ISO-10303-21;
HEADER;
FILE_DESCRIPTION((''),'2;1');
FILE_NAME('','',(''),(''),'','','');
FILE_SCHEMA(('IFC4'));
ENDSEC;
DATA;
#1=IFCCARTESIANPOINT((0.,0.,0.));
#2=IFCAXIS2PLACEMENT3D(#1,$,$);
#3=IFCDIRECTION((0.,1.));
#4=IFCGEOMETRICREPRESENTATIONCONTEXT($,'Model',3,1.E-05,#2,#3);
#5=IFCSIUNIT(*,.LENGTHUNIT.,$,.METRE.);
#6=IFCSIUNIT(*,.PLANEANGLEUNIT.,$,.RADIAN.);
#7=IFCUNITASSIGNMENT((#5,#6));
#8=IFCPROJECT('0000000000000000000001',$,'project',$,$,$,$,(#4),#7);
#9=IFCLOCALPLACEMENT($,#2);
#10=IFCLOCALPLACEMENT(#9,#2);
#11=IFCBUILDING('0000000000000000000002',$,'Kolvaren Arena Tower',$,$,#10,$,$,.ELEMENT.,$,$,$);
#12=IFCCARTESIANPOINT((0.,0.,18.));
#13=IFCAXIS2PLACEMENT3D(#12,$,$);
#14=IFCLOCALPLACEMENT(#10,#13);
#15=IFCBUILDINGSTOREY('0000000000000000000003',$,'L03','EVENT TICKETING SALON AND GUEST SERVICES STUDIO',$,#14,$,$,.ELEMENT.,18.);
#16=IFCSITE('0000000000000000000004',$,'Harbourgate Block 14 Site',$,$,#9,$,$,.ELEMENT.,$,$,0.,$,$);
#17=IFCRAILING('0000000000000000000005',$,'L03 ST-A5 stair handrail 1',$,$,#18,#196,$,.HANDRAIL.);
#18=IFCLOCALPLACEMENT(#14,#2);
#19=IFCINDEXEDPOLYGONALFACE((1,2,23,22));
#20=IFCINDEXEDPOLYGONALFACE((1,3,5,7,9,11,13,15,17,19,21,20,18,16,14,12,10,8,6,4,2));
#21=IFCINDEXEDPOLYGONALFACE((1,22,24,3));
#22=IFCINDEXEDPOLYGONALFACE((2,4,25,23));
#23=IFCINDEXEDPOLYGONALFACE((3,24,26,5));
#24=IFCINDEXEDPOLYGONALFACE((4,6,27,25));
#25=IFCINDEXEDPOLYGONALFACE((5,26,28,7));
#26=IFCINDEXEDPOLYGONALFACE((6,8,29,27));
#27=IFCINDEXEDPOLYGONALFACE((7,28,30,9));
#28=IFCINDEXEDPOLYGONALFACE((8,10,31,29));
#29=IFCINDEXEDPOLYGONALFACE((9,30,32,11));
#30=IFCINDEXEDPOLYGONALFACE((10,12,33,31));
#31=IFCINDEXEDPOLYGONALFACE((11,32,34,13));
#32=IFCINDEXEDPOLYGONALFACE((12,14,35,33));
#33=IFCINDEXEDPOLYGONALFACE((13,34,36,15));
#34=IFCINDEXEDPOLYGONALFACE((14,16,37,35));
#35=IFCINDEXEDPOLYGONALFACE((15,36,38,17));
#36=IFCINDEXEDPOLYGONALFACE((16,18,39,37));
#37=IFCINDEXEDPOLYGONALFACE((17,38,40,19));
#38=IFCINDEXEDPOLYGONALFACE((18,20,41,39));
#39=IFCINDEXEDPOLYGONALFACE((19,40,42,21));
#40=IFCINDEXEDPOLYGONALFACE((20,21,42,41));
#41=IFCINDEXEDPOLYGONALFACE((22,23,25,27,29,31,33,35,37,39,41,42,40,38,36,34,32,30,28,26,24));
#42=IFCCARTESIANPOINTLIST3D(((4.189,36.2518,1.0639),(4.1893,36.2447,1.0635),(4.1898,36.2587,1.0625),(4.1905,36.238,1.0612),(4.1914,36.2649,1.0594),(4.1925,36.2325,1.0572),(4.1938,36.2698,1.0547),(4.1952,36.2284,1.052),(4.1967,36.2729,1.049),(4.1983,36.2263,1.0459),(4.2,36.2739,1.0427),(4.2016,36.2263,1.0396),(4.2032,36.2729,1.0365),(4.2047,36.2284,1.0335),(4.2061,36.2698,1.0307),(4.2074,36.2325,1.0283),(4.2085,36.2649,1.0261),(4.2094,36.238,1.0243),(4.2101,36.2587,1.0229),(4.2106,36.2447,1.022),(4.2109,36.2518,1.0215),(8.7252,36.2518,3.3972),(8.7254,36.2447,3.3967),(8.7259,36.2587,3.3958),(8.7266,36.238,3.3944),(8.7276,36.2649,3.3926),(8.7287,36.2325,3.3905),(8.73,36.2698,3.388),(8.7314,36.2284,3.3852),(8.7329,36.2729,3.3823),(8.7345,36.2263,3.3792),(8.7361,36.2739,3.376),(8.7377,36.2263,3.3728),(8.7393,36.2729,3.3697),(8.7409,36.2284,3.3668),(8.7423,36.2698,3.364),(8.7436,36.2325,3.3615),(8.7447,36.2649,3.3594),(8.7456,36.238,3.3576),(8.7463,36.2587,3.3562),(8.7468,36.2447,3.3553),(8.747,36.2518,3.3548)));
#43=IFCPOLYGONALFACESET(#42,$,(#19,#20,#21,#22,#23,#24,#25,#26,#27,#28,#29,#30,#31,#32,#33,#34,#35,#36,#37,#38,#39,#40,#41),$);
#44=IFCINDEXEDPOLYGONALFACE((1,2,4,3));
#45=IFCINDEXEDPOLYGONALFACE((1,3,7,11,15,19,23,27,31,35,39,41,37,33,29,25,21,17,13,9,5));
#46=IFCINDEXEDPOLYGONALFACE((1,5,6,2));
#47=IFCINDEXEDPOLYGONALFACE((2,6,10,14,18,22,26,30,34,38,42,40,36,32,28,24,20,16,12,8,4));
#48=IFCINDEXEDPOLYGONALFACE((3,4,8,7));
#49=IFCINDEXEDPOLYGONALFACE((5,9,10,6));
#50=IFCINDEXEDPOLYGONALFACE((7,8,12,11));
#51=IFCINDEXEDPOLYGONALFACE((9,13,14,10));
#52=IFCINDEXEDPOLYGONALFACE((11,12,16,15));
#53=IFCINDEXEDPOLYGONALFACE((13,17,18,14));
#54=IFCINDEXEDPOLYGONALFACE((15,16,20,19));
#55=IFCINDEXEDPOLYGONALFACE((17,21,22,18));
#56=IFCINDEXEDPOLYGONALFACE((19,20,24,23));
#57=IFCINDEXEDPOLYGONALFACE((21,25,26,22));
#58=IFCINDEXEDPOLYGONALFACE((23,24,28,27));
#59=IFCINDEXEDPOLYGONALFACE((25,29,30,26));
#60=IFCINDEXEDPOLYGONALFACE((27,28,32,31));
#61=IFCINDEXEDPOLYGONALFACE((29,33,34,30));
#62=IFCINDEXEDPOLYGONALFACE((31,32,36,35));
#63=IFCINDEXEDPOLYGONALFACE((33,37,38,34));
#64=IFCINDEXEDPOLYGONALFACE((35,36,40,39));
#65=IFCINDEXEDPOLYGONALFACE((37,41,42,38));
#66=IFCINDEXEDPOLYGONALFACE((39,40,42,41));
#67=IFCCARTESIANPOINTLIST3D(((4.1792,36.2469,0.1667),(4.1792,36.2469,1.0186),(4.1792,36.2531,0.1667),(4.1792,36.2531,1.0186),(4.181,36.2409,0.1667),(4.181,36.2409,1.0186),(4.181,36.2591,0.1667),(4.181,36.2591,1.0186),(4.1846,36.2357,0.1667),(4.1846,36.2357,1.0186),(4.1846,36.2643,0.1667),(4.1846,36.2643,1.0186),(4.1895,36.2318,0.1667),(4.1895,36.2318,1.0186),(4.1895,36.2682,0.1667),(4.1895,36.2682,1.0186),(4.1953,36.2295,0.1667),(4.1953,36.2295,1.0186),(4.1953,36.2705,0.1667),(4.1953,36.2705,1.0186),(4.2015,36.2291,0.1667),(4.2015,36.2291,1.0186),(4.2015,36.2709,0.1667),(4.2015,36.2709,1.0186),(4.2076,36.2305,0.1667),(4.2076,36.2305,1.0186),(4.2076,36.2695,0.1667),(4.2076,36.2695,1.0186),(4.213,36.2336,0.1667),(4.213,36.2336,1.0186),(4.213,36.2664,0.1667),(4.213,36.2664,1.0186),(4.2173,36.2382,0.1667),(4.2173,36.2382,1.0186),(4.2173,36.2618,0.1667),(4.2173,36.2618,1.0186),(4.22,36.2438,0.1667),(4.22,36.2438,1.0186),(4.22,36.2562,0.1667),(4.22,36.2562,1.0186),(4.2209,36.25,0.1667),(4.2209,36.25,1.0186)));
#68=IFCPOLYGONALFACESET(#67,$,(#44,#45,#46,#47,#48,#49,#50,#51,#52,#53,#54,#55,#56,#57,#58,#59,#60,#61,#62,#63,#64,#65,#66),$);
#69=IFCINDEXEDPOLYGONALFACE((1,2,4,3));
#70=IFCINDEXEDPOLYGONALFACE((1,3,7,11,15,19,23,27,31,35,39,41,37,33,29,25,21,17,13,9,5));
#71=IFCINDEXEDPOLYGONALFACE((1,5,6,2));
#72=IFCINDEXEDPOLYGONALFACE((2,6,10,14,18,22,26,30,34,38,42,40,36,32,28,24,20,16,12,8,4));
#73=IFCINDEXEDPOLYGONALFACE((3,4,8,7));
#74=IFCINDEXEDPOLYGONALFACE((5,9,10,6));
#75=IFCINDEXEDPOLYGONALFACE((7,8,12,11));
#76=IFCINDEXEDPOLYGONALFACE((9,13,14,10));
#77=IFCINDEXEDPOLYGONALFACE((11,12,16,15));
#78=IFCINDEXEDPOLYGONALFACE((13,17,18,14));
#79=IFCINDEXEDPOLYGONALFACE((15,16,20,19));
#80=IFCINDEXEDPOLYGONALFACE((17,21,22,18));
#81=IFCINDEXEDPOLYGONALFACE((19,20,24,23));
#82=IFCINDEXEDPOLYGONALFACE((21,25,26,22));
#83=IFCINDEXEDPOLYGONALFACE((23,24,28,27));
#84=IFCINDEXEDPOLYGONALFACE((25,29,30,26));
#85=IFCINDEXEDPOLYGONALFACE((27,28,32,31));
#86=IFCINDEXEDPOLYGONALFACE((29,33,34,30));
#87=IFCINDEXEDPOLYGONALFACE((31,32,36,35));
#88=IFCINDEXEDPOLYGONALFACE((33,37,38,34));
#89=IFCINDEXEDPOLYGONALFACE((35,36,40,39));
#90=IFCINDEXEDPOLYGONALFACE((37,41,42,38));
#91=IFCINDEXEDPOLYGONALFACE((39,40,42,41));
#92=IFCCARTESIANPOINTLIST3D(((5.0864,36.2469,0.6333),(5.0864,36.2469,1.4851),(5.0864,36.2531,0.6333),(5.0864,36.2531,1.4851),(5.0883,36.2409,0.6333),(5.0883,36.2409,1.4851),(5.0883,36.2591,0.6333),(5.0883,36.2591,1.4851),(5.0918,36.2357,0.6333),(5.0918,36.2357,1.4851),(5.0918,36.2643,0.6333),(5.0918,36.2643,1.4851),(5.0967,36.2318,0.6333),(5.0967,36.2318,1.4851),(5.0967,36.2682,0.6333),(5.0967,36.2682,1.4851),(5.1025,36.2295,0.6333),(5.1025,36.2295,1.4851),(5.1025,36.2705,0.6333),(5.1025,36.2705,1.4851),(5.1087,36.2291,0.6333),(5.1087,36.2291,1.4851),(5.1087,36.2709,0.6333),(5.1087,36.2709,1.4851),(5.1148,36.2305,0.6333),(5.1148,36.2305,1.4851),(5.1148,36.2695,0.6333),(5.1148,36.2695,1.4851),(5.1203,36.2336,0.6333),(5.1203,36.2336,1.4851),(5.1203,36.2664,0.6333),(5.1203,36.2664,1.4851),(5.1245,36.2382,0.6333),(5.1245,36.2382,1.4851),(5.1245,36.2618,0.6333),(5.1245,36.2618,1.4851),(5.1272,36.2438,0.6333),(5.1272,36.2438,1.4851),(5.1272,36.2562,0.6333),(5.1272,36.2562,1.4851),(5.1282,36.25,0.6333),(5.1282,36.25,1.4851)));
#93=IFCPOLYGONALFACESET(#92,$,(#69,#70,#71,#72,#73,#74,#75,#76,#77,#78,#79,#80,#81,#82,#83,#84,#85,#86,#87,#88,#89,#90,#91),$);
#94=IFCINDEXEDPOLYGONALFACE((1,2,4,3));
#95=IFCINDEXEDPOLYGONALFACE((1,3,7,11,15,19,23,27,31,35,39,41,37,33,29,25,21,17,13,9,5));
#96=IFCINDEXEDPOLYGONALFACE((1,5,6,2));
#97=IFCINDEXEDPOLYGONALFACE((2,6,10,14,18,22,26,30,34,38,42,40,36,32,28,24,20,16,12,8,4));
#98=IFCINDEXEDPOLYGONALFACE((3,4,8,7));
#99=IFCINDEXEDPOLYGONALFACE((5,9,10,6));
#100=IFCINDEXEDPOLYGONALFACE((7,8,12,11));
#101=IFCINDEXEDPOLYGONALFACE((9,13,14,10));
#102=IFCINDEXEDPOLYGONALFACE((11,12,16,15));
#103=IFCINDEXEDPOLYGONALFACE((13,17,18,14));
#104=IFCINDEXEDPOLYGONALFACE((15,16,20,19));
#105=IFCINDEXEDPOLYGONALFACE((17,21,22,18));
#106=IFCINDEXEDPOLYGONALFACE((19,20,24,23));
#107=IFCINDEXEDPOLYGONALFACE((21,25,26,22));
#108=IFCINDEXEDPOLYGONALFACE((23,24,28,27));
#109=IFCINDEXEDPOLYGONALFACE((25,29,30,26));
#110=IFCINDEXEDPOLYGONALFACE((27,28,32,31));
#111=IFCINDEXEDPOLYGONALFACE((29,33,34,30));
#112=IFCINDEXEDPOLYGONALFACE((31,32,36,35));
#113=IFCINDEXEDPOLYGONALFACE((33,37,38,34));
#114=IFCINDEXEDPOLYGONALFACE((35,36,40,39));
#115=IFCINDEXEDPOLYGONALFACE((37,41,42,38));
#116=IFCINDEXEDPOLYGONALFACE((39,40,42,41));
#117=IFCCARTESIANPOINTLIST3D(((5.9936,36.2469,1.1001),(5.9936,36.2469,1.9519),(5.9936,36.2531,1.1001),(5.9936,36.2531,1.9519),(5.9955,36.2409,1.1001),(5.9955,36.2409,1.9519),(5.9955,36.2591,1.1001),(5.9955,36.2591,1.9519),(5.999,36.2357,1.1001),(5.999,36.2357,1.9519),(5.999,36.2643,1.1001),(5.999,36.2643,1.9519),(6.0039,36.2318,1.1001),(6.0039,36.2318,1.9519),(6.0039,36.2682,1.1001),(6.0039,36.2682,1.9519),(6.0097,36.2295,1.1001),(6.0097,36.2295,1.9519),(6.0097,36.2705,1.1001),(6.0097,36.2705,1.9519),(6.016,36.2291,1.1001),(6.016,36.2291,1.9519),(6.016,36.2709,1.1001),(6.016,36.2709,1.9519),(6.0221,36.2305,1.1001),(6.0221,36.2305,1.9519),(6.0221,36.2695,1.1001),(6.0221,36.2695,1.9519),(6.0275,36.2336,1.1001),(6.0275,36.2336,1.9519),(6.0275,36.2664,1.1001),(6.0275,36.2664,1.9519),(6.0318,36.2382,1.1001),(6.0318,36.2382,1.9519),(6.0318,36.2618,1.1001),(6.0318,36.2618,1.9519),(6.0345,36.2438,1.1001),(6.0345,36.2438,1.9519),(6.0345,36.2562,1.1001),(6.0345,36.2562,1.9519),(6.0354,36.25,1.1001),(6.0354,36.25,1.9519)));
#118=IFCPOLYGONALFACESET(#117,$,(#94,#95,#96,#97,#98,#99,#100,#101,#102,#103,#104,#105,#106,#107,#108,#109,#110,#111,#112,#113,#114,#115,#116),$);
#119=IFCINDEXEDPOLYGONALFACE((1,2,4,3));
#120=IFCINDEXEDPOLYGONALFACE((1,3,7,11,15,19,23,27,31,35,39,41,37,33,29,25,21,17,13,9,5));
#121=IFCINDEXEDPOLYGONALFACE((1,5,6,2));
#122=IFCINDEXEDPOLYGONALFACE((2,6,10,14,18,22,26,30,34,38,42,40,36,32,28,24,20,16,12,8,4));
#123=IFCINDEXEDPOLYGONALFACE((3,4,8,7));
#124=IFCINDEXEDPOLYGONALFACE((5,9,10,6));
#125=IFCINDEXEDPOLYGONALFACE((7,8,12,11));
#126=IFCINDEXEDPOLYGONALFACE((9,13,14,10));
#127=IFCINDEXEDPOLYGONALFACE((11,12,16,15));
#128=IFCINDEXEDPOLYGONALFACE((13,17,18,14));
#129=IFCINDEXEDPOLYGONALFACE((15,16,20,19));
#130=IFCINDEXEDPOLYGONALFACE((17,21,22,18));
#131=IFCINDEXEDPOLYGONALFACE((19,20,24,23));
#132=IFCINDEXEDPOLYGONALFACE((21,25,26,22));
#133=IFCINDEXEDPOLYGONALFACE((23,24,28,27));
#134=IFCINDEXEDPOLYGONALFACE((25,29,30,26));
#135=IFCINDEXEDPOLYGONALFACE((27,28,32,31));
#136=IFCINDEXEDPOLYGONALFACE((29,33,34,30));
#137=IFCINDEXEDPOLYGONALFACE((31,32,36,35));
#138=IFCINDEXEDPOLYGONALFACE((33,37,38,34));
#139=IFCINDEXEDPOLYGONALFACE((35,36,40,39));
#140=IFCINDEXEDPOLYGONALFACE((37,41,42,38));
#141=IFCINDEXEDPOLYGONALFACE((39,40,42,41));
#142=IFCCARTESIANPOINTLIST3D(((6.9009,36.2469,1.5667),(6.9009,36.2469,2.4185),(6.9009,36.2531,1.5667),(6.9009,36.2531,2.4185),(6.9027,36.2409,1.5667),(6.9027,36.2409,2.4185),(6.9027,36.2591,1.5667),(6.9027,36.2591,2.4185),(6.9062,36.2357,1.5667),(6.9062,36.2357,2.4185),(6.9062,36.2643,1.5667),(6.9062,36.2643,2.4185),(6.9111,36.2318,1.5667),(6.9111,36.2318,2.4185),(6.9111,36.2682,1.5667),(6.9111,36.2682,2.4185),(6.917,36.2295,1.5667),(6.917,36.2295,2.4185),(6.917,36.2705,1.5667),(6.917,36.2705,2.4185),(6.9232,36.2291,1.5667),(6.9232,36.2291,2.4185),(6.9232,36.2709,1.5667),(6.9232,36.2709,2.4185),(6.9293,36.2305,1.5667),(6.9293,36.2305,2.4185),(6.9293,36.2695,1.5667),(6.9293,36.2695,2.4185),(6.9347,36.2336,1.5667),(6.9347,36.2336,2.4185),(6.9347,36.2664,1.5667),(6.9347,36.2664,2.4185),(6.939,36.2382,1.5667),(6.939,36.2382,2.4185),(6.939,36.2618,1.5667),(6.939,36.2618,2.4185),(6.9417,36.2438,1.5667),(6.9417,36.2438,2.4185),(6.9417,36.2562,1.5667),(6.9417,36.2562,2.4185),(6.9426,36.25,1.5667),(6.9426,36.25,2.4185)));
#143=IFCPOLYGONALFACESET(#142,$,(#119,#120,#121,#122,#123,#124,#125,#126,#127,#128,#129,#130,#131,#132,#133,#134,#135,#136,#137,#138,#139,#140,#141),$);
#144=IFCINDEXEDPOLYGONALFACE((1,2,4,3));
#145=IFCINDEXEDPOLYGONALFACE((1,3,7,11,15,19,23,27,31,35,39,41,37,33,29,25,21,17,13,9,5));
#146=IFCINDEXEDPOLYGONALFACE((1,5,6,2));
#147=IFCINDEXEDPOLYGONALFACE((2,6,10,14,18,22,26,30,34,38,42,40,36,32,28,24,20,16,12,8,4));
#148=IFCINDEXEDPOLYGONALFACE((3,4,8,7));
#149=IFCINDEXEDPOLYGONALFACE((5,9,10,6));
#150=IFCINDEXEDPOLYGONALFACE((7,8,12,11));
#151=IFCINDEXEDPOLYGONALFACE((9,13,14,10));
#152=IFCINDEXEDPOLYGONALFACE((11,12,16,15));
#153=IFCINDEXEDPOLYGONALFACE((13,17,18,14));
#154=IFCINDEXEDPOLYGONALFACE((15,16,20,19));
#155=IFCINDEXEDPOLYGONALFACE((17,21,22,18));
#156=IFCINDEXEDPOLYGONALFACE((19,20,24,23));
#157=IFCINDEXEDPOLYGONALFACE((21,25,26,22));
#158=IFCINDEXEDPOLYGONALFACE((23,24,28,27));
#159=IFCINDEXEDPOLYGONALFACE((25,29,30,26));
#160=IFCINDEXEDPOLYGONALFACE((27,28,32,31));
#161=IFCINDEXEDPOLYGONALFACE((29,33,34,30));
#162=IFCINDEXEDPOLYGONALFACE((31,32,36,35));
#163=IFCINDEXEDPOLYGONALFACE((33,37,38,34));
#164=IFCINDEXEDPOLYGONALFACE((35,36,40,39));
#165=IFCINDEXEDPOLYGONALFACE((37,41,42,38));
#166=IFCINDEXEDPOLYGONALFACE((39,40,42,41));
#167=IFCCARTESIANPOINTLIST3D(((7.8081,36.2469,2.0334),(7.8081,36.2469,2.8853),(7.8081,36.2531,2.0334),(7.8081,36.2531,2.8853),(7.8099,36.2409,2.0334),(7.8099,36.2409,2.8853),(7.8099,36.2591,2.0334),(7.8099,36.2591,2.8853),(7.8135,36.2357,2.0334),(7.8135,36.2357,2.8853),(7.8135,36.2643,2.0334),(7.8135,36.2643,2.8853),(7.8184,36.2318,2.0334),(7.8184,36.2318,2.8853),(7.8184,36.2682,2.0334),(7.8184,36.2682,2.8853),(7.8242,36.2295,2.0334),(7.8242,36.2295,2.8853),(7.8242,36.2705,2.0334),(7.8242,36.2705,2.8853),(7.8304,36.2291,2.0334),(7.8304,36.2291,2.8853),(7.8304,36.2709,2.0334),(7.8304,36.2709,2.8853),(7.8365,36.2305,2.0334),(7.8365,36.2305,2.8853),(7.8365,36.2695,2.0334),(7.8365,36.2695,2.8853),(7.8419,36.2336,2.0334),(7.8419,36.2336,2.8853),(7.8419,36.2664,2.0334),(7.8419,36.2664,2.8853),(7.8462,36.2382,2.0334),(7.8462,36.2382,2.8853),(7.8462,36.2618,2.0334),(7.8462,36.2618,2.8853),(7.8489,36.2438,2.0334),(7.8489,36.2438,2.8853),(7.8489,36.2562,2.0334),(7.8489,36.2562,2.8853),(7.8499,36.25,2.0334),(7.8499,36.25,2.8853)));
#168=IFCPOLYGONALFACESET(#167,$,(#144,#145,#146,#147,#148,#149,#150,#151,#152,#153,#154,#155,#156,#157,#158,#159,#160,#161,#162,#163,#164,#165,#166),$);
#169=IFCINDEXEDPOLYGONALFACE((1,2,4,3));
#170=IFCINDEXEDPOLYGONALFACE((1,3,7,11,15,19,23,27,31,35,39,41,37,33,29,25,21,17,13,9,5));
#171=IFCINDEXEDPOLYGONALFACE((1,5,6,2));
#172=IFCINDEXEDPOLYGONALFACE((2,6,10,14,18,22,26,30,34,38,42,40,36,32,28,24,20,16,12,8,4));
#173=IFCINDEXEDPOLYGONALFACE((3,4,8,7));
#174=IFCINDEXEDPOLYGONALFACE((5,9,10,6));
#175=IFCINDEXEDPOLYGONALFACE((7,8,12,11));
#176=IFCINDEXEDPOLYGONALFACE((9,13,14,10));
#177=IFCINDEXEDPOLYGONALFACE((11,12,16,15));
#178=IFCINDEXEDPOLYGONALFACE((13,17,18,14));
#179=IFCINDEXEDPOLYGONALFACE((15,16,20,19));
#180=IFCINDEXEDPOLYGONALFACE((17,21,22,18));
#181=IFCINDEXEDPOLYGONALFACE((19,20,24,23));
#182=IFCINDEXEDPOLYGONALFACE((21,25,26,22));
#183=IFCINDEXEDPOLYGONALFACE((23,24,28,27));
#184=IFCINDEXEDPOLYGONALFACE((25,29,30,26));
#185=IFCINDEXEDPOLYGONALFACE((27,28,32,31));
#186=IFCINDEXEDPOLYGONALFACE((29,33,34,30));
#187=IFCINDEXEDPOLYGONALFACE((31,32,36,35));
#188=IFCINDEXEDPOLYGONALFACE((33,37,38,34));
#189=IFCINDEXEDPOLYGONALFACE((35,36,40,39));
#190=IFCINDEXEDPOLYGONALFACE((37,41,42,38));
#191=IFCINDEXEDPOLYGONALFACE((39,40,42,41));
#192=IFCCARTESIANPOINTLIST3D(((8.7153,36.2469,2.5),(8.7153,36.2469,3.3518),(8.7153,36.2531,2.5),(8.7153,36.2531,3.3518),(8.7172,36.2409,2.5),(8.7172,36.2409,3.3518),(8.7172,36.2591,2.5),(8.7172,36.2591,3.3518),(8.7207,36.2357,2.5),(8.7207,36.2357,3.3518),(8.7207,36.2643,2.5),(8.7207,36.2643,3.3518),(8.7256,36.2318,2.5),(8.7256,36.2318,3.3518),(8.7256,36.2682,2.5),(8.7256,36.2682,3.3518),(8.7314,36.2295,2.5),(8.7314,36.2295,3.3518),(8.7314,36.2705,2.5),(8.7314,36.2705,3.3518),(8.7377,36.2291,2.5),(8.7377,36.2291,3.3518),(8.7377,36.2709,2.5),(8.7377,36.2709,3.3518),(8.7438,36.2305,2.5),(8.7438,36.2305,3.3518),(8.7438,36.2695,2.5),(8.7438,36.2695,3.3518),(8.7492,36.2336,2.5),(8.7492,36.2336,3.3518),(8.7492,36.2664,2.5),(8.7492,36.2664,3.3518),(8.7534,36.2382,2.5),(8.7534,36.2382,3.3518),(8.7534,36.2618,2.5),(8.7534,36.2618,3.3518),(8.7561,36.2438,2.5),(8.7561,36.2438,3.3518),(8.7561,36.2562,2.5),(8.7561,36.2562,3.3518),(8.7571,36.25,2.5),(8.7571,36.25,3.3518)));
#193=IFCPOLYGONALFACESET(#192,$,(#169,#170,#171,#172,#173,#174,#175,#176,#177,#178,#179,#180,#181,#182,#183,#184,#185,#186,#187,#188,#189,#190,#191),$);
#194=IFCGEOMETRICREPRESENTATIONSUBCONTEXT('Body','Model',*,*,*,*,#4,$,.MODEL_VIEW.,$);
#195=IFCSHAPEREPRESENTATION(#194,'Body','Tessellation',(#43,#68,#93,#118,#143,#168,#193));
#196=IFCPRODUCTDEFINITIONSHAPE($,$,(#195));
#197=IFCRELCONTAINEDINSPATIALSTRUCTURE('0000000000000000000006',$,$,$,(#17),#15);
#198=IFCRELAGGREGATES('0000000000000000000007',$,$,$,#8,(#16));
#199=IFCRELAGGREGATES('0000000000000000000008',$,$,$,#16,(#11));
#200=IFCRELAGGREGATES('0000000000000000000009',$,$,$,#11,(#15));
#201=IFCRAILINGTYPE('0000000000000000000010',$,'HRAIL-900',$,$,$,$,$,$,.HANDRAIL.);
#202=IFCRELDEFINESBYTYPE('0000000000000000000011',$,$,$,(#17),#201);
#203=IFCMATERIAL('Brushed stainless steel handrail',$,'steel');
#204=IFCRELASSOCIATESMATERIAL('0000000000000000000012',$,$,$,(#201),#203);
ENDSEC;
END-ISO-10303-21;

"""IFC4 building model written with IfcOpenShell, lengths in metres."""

from ifc_helpers import new_model, si_unit, direction, frame, origin, origin_2d, place, context, subcontext, project, spatial, circle, extrude, material, type_object, element, save


model = new_model("IFC4")

# Units and contexts
model_context = context("Model", 3, precision=1e-05, world=origin(), true_north=direction((0.0, 1.0)))
body_context = subcontext(model_context, "Body", "Model", "MODEL_VIEW")
ifc_project = project(units=[si_unit("LENGTHUNIT", "METRE"), si_unit("PLANEANGLEUNIT", "RADIAN")], contexts=[model_context])

# Site, building, storey
site_placement = place(None, origin())
site = spatial("IfcSite", under=ifc_project, at=site_placement, Name="Harbourgate Block 14 Site", CompositionType="ELEMENT", RefElevation=0.0)
building_placement = place(site_placement, origin())
building = spatial("IfcBuilding", under=site, at=building_placement, Name="Kolvaren Arena Tower", CompositionType="ELEMENT")
storey_placement = place(building_placement, frame((0.0, 0.0, 18.0)))
storey = spatial("IfcBuildingStorey", under=building, at=storey_placement, Name="L03", Description="EVENT TICKETING SALON AND GUEST SERVICES STUDIO", CompositionType="ELEMENT", Elevation=18.0)

# Railing
ifc_material_1 = material(Name="Brushed stainless steel handrail", Category="steel")
railing_type_1 = type_object("IfcRailingType", Name="HRAIL-900", PredefinedType="HANDRAIL", material=ifc_material_1)
railing_1_placement = place(storey_placement, frame((4.2, 36.25, 0.1667)))
element("IfcRailing", 1, at=railing_1_placement, inside=storey, type_object=railing_type_1, Name="L03 ST-A5 stair handrail 1", PredefinedType="HANDRAIL", context=body_context, shape_type="SweptSolid", body=[
    extrude(circle(Radius=0.0239, at=origin_2d()), frame((0.0, 0.0, 0.876), z_axis=(0.889257, 0.0, 0.457407), x_axis=(0.0, 1.0, 0.0)), (0.0, 0.0, 1.0), 5.1011),
    extrude(circle(Radius=0.021, at=origin_2d()), origin(), (0.0, 0.0, 1.0), 0.8518),
    extrude(circle(Radius=0.021, at=origin_2d()), frame((0.9072, 0.0, 0.4666)), (0.0, 0.0, 1.0), 0.8518),
    extrude(circle(Radius=0.021, at=origin_2d()), frame((1.8145, 0.0, 0.9333)), (0.0, 0.0, 1.0), 0.8518),
    extrude(circle(Radius=0.021, at=origin_2d()), frame((2.7217, 0.0, 1.3999)), (0.0, 0.0, 1.0), 0.8518),
    extrude(circle(Radius=0.021, at=origin_2d()), frame((3.6289, 0.0, 1.8667)), (0.0, 0.0, 1.0), 0.8518),
    extrude(circle(Radius=0.021, at=origin_2d()), frame((4.5361, 0.0, 2.3333)), (0.0, 0.0, 1.0), 0.8518),
])

save(model, "model.ifc")
